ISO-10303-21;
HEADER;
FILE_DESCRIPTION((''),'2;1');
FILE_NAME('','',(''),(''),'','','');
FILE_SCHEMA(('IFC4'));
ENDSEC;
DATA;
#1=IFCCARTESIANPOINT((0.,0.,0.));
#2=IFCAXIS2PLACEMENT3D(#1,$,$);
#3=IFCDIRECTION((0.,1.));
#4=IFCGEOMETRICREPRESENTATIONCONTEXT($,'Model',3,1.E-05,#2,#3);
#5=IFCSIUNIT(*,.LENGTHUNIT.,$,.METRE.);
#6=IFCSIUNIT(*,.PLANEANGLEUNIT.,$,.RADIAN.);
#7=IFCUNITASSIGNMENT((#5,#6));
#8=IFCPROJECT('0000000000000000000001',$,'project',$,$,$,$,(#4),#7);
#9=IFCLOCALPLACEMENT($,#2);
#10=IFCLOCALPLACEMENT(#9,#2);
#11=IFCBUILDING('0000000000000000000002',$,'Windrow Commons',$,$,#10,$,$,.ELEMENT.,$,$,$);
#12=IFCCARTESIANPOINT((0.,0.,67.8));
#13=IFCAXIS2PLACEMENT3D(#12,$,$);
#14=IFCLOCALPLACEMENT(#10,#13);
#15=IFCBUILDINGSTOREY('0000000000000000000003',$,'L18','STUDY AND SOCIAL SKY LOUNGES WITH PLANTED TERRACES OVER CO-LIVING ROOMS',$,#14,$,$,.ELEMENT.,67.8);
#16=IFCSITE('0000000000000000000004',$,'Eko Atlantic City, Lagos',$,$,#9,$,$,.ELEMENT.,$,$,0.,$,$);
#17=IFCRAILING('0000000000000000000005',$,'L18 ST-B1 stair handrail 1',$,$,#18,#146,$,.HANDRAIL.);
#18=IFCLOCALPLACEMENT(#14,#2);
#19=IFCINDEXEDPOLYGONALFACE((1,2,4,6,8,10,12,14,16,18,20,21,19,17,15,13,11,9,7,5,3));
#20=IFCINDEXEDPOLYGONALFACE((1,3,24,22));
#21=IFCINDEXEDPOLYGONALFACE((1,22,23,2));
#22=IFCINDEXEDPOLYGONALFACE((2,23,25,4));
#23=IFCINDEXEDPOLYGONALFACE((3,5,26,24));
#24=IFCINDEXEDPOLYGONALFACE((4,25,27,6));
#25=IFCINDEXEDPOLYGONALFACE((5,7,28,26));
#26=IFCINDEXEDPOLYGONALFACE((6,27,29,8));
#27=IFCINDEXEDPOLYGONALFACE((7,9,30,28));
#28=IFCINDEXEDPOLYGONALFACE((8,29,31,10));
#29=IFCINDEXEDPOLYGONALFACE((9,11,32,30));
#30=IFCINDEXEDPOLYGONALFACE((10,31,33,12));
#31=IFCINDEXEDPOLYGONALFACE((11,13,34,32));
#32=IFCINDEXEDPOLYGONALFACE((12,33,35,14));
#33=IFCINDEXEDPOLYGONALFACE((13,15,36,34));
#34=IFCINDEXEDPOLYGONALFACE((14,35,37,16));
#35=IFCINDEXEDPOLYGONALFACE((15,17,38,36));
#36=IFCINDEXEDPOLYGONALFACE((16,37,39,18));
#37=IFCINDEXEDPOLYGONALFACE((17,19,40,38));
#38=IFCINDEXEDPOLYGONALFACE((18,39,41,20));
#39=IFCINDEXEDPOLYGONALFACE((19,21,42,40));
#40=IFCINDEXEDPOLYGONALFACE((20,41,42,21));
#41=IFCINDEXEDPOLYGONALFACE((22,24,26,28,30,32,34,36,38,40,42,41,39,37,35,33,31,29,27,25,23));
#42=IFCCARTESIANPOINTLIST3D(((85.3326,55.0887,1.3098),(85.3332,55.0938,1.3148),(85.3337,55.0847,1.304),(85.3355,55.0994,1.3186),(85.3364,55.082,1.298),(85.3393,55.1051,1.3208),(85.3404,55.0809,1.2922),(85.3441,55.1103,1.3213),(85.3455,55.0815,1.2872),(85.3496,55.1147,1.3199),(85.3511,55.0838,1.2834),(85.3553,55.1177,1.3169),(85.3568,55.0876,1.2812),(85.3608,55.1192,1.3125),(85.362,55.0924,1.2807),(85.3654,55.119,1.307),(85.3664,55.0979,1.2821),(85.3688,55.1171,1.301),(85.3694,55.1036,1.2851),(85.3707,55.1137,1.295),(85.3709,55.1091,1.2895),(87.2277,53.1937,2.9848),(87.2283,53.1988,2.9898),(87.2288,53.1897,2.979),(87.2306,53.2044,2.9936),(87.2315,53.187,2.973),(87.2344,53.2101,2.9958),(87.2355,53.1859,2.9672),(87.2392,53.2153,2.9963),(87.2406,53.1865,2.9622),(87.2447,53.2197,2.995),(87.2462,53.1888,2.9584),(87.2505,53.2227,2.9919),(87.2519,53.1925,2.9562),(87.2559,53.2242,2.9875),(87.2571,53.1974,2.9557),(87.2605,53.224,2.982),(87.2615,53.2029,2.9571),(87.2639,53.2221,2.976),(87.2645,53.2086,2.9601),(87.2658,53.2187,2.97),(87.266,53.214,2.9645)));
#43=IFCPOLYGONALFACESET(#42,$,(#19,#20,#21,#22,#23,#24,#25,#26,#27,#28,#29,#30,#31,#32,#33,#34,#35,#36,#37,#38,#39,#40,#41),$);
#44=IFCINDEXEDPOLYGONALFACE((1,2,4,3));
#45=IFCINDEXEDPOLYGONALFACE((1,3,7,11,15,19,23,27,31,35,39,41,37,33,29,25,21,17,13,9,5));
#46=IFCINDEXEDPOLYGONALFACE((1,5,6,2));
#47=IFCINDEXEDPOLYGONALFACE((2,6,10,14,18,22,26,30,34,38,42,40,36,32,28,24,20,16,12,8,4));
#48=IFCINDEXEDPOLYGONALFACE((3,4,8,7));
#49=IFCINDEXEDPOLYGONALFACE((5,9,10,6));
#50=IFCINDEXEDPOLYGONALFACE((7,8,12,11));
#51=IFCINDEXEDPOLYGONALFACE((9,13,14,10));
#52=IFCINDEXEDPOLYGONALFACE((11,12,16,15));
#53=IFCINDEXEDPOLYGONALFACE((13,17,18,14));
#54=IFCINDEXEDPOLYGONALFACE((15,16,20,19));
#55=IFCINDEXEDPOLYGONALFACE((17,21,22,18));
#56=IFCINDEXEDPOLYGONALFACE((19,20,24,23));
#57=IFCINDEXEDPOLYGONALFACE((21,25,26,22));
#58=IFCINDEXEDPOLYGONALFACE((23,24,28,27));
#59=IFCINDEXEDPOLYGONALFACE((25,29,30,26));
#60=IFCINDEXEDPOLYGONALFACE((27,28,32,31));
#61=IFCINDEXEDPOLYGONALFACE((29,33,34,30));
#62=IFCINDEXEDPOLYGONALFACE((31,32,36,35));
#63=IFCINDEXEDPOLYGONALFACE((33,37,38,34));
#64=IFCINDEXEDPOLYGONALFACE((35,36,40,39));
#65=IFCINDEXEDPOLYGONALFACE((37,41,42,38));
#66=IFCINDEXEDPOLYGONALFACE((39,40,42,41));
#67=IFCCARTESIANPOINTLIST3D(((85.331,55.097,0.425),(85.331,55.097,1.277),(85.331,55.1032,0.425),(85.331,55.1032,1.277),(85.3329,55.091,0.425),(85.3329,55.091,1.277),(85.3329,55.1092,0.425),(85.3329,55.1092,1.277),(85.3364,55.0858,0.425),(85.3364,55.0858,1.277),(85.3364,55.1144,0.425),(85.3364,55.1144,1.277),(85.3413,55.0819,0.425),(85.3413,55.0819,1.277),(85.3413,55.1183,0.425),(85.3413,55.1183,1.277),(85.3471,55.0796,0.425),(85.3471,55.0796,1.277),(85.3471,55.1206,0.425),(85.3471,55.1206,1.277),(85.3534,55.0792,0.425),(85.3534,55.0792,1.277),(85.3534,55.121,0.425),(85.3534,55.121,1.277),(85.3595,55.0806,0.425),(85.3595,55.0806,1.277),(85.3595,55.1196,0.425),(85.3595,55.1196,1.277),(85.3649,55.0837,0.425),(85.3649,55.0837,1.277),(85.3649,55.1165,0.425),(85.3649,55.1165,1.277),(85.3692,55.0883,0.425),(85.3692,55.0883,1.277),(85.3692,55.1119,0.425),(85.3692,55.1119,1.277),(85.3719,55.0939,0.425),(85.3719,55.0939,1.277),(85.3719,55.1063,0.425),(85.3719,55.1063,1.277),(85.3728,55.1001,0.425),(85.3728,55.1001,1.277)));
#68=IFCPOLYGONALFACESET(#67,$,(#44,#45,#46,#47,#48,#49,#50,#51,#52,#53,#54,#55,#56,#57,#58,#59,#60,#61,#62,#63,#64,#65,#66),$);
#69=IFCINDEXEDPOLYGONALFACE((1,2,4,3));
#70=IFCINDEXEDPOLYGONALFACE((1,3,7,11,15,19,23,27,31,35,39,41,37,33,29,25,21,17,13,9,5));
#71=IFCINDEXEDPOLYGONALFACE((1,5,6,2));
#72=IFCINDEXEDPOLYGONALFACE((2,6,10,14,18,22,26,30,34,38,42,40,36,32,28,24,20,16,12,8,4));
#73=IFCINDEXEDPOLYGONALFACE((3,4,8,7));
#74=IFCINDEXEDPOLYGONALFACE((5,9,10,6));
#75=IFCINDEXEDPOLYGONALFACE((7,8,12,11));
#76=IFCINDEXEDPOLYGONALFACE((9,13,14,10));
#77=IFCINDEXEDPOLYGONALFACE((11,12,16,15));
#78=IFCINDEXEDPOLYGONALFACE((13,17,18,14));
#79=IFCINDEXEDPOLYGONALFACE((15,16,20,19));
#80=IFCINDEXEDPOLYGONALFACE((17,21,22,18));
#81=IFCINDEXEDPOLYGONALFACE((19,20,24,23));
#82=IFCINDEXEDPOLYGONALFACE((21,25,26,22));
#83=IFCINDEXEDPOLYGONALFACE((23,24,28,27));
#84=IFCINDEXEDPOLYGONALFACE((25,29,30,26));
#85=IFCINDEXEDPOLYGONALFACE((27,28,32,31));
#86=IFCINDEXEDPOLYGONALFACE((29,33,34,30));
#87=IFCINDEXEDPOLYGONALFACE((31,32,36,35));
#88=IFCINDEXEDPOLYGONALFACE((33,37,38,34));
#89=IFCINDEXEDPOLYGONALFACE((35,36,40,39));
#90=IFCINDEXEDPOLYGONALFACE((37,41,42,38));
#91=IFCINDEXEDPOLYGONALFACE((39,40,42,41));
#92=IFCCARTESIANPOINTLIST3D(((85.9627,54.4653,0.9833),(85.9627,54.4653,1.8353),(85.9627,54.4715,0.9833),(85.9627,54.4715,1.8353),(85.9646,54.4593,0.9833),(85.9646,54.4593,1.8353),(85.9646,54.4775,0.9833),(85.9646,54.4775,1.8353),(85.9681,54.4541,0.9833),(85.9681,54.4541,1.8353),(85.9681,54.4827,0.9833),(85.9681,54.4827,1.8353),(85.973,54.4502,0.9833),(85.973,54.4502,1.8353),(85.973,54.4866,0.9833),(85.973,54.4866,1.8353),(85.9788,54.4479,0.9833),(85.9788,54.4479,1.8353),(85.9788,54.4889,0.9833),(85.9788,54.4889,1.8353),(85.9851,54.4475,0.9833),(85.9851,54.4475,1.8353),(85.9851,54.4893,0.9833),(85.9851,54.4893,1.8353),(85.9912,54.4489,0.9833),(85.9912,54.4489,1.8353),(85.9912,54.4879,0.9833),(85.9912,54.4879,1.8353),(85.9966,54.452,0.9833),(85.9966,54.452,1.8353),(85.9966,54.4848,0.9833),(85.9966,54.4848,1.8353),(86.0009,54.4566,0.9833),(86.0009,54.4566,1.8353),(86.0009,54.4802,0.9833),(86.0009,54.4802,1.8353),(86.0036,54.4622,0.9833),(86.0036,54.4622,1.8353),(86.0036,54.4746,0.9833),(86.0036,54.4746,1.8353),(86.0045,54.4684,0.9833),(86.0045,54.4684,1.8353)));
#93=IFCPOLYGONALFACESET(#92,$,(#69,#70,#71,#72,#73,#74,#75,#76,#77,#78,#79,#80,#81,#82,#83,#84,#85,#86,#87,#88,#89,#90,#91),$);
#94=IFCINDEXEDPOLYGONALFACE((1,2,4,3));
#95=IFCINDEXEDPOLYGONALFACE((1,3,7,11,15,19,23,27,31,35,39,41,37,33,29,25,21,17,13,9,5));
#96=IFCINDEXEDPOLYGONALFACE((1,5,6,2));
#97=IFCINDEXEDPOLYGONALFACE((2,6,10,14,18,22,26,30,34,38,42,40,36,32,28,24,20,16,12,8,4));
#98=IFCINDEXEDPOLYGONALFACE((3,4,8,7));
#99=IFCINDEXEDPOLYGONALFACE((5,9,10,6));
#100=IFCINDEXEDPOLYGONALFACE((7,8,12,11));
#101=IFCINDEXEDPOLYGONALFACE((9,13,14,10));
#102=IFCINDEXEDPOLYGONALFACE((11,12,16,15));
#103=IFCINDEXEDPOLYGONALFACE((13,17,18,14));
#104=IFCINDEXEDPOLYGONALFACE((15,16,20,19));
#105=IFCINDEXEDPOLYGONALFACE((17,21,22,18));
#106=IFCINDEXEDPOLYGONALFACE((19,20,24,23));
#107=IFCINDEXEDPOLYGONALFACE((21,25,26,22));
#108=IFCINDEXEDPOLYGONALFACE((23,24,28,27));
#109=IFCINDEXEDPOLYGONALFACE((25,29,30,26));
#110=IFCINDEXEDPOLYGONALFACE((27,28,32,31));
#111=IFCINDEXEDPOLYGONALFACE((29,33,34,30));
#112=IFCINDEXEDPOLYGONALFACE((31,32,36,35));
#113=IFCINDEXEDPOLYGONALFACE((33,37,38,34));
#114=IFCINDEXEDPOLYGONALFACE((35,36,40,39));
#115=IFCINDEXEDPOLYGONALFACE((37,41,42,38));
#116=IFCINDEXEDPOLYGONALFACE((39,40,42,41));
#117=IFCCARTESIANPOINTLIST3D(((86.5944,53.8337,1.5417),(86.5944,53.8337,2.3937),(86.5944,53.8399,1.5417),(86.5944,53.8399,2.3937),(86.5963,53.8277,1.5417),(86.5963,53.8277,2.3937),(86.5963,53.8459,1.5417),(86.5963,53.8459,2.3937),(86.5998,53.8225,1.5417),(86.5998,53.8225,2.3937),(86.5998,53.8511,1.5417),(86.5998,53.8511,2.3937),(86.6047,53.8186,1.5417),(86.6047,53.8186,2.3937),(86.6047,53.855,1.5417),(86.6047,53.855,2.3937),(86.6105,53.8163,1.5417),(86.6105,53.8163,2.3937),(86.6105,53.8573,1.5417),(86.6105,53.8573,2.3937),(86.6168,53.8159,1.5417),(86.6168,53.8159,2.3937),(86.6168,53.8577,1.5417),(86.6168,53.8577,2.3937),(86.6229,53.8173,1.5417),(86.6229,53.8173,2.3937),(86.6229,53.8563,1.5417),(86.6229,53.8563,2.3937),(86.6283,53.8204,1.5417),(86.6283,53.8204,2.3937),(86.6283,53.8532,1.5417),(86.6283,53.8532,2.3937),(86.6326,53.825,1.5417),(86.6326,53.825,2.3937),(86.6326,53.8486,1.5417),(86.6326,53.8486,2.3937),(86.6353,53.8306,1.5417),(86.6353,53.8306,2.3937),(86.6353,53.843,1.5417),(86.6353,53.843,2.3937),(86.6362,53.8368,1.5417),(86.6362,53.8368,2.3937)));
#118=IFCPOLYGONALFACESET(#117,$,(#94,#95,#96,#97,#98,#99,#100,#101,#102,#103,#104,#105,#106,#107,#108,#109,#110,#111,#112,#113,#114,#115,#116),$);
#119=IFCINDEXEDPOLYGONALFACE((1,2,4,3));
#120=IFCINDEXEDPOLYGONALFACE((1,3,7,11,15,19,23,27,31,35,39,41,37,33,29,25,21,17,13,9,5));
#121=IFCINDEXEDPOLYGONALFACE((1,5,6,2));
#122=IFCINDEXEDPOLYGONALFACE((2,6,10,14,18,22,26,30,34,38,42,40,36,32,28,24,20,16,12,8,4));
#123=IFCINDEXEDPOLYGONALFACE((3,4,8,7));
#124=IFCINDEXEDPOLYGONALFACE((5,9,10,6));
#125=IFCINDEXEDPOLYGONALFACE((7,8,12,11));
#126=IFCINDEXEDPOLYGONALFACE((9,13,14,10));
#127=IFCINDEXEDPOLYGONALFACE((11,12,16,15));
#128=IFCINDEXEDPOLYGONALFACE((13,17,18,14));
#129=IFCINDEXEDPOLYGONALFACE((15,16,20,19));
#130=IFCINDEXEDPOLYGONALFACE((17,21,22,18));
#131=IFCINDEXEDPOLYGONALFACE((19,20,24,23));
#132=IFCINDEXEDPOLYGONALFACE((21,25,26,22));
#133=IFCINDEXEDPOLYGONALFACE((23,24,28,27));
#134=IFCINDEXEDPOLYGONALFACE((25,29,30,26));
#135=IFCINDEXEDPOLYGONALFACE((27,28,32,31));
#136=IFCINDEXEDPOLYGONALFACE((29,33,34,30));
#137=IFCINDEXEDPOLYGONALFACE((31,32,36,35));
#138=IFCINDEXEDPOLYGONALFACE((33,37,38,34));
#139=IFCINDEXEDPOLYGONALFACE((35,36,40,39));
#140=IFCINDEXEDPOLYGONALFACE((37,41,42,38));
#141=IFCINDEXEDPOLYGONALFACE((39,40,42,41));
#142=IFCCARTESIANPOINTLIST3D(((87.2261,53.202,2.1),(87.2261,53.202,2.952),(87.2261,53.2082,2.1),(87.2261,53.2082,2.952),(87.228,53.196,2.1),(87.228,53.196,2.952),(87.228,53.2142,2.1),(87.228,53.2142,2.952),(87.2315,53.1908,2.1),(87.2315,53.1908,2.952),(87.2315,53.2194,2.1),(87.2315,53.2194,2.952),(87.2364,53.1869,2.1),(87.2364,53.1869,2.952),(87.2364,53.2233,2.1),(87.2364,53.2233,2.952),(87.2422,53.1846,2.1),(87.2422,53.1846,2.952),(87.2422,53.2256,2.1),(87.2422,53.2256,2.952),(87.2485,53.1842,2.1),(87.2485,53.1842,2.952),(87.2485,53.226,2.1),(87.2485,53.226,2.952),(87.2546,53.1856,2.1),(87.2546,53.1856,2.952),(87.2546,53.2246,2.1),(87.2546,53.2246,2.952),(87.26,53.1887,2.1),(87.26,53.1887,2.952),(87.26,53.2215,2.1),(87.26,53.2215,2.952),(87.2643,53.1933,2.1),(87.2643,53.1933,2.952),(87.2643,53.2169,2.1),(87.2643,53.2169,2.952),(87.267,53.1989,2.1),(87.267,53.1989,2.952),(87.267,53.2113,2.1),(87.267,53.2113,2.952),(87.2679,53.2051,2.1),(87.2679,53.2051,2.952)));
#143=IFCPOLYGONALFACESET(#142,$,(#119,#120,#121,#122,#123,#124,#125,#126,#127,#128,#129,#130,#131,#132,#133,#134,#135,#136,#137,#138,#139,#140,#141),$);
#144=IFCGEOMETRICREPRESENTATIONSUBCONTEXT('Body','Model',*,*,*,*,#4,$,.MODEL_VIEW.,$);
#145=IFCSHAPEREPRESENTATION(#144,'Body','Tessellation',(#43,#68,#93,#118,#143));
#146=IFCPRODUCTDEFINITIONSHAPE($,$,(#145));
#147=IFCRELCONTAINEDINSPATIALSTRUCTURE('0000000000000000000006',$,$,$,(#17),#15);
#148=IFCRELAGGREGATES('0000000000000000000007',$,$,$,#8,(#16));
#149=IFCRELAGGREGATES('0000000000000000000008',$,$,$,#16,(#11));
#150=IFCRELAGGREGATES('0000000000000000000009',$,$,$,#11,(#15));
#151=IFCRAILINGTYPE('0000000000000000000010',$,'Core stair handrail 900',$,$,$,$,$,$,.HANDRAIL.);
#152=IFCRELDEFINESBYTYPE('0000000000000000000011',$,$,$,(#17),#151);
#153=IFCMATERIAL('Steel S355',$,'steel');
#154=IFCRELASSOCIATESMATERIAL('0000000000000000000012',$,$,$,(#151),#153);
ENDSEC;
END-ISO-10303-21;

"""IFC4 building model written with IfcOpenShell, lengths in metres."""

from ifc_helpers import new_model, si_unit, direction, frame, origin, origin_2d, place, context, subcontext, project, spatial, circle, extrude, material, type_object, element, save


model = new_model("IFC4")

# Units and contexts
model_context = context("Model", 3, precision=1e-05, world=origin(), true_north=direction((0.0, 1.0)))
body_context = subcontext(model_context, "Body", "Model", "MODEL_VIEW")
ifc_project = project(units=[si_unit("LENGTHUNIT", "METRE"), si_unit("PLANEANGLEUNIT", "RADIAN")], contexts=[model_context])

# Site, building, storey
site_placement = place(None, origin())
site = spatial("IfcSite", under=ifc_project, at=site_placement, Name="Eko Atlantic City, Lagos", CompositionType="ELEMENT", RefElevation=0.0)
building_placement = place(site_placement, origin())
building = spatial("IfcBuilding", under=site, at=building_placement, Name="Windrow Commons", CompositionType="ELEMENT")
storey_placement = place(building_placement, frame((0.0, 0.0, 67.8)))
storey = spatial("IfcBuildingStorey", under=building, at=storey_placement, Name="L18", Description="STUDY AND SOCIAL SKY LOUNGES WITH PLANTED TERRACES OVER CO-LIVING ROOMS", CompositionType="ELEMENT", Elevation=67.8)

# Railing
ifc_material_1 = material(Name="Steel S355", Category="steel")
railing_type_1 = type_object("IfcRailingType", Name="Core stair handrail 900", PredefinedType="HANDRAIL", material=ifc_material_1)
railing_1_placement = place(storey_placement, frame((85.3518, 55.1001, 0.425)))
element("IfcRailing", 1, at=railing_1_placement, inside=storey, type_object=railing_type_1, Name="L18 ST-B1 stair handrail 1", PredefinedType="HANDRAIL", context=body_context, shape_type="SweptSolid", body=[
    extrude(circle(Radius=0.024, at=origin_2d()), frame((0.0, 0.0, 0.876), z_axis=(0.599642, -0.59961, 0.529998), x_axis=(0.707088, 0.707125, 0.0)), (0.0, 0.0, 1.0), 3.1604),
    extrude(circle(Radius=0.021, at=origin_2d()), origin(), (0.0, 0.0, 1.0), 0.852),
    extrude(circle(Radius=0.021, at=origin_2d()), frame((0.6317, -0.6317, 0.5583)), (0.0, 0.0, 1.0), 0.852),
    extrude(circle(Radius=0.021, at=origin_2d()), frame((1.2634, -1.2633, 1.1167)), (0.0, 0.0, 1.0), 0.852),
    extrude(circle(Radius=0.021, at=origin_2d()), frame((1.8951, -1.895, 1.675)), (0.0, 0.0, 1.0), 0.852),
])

save(model, "model.ifc")
